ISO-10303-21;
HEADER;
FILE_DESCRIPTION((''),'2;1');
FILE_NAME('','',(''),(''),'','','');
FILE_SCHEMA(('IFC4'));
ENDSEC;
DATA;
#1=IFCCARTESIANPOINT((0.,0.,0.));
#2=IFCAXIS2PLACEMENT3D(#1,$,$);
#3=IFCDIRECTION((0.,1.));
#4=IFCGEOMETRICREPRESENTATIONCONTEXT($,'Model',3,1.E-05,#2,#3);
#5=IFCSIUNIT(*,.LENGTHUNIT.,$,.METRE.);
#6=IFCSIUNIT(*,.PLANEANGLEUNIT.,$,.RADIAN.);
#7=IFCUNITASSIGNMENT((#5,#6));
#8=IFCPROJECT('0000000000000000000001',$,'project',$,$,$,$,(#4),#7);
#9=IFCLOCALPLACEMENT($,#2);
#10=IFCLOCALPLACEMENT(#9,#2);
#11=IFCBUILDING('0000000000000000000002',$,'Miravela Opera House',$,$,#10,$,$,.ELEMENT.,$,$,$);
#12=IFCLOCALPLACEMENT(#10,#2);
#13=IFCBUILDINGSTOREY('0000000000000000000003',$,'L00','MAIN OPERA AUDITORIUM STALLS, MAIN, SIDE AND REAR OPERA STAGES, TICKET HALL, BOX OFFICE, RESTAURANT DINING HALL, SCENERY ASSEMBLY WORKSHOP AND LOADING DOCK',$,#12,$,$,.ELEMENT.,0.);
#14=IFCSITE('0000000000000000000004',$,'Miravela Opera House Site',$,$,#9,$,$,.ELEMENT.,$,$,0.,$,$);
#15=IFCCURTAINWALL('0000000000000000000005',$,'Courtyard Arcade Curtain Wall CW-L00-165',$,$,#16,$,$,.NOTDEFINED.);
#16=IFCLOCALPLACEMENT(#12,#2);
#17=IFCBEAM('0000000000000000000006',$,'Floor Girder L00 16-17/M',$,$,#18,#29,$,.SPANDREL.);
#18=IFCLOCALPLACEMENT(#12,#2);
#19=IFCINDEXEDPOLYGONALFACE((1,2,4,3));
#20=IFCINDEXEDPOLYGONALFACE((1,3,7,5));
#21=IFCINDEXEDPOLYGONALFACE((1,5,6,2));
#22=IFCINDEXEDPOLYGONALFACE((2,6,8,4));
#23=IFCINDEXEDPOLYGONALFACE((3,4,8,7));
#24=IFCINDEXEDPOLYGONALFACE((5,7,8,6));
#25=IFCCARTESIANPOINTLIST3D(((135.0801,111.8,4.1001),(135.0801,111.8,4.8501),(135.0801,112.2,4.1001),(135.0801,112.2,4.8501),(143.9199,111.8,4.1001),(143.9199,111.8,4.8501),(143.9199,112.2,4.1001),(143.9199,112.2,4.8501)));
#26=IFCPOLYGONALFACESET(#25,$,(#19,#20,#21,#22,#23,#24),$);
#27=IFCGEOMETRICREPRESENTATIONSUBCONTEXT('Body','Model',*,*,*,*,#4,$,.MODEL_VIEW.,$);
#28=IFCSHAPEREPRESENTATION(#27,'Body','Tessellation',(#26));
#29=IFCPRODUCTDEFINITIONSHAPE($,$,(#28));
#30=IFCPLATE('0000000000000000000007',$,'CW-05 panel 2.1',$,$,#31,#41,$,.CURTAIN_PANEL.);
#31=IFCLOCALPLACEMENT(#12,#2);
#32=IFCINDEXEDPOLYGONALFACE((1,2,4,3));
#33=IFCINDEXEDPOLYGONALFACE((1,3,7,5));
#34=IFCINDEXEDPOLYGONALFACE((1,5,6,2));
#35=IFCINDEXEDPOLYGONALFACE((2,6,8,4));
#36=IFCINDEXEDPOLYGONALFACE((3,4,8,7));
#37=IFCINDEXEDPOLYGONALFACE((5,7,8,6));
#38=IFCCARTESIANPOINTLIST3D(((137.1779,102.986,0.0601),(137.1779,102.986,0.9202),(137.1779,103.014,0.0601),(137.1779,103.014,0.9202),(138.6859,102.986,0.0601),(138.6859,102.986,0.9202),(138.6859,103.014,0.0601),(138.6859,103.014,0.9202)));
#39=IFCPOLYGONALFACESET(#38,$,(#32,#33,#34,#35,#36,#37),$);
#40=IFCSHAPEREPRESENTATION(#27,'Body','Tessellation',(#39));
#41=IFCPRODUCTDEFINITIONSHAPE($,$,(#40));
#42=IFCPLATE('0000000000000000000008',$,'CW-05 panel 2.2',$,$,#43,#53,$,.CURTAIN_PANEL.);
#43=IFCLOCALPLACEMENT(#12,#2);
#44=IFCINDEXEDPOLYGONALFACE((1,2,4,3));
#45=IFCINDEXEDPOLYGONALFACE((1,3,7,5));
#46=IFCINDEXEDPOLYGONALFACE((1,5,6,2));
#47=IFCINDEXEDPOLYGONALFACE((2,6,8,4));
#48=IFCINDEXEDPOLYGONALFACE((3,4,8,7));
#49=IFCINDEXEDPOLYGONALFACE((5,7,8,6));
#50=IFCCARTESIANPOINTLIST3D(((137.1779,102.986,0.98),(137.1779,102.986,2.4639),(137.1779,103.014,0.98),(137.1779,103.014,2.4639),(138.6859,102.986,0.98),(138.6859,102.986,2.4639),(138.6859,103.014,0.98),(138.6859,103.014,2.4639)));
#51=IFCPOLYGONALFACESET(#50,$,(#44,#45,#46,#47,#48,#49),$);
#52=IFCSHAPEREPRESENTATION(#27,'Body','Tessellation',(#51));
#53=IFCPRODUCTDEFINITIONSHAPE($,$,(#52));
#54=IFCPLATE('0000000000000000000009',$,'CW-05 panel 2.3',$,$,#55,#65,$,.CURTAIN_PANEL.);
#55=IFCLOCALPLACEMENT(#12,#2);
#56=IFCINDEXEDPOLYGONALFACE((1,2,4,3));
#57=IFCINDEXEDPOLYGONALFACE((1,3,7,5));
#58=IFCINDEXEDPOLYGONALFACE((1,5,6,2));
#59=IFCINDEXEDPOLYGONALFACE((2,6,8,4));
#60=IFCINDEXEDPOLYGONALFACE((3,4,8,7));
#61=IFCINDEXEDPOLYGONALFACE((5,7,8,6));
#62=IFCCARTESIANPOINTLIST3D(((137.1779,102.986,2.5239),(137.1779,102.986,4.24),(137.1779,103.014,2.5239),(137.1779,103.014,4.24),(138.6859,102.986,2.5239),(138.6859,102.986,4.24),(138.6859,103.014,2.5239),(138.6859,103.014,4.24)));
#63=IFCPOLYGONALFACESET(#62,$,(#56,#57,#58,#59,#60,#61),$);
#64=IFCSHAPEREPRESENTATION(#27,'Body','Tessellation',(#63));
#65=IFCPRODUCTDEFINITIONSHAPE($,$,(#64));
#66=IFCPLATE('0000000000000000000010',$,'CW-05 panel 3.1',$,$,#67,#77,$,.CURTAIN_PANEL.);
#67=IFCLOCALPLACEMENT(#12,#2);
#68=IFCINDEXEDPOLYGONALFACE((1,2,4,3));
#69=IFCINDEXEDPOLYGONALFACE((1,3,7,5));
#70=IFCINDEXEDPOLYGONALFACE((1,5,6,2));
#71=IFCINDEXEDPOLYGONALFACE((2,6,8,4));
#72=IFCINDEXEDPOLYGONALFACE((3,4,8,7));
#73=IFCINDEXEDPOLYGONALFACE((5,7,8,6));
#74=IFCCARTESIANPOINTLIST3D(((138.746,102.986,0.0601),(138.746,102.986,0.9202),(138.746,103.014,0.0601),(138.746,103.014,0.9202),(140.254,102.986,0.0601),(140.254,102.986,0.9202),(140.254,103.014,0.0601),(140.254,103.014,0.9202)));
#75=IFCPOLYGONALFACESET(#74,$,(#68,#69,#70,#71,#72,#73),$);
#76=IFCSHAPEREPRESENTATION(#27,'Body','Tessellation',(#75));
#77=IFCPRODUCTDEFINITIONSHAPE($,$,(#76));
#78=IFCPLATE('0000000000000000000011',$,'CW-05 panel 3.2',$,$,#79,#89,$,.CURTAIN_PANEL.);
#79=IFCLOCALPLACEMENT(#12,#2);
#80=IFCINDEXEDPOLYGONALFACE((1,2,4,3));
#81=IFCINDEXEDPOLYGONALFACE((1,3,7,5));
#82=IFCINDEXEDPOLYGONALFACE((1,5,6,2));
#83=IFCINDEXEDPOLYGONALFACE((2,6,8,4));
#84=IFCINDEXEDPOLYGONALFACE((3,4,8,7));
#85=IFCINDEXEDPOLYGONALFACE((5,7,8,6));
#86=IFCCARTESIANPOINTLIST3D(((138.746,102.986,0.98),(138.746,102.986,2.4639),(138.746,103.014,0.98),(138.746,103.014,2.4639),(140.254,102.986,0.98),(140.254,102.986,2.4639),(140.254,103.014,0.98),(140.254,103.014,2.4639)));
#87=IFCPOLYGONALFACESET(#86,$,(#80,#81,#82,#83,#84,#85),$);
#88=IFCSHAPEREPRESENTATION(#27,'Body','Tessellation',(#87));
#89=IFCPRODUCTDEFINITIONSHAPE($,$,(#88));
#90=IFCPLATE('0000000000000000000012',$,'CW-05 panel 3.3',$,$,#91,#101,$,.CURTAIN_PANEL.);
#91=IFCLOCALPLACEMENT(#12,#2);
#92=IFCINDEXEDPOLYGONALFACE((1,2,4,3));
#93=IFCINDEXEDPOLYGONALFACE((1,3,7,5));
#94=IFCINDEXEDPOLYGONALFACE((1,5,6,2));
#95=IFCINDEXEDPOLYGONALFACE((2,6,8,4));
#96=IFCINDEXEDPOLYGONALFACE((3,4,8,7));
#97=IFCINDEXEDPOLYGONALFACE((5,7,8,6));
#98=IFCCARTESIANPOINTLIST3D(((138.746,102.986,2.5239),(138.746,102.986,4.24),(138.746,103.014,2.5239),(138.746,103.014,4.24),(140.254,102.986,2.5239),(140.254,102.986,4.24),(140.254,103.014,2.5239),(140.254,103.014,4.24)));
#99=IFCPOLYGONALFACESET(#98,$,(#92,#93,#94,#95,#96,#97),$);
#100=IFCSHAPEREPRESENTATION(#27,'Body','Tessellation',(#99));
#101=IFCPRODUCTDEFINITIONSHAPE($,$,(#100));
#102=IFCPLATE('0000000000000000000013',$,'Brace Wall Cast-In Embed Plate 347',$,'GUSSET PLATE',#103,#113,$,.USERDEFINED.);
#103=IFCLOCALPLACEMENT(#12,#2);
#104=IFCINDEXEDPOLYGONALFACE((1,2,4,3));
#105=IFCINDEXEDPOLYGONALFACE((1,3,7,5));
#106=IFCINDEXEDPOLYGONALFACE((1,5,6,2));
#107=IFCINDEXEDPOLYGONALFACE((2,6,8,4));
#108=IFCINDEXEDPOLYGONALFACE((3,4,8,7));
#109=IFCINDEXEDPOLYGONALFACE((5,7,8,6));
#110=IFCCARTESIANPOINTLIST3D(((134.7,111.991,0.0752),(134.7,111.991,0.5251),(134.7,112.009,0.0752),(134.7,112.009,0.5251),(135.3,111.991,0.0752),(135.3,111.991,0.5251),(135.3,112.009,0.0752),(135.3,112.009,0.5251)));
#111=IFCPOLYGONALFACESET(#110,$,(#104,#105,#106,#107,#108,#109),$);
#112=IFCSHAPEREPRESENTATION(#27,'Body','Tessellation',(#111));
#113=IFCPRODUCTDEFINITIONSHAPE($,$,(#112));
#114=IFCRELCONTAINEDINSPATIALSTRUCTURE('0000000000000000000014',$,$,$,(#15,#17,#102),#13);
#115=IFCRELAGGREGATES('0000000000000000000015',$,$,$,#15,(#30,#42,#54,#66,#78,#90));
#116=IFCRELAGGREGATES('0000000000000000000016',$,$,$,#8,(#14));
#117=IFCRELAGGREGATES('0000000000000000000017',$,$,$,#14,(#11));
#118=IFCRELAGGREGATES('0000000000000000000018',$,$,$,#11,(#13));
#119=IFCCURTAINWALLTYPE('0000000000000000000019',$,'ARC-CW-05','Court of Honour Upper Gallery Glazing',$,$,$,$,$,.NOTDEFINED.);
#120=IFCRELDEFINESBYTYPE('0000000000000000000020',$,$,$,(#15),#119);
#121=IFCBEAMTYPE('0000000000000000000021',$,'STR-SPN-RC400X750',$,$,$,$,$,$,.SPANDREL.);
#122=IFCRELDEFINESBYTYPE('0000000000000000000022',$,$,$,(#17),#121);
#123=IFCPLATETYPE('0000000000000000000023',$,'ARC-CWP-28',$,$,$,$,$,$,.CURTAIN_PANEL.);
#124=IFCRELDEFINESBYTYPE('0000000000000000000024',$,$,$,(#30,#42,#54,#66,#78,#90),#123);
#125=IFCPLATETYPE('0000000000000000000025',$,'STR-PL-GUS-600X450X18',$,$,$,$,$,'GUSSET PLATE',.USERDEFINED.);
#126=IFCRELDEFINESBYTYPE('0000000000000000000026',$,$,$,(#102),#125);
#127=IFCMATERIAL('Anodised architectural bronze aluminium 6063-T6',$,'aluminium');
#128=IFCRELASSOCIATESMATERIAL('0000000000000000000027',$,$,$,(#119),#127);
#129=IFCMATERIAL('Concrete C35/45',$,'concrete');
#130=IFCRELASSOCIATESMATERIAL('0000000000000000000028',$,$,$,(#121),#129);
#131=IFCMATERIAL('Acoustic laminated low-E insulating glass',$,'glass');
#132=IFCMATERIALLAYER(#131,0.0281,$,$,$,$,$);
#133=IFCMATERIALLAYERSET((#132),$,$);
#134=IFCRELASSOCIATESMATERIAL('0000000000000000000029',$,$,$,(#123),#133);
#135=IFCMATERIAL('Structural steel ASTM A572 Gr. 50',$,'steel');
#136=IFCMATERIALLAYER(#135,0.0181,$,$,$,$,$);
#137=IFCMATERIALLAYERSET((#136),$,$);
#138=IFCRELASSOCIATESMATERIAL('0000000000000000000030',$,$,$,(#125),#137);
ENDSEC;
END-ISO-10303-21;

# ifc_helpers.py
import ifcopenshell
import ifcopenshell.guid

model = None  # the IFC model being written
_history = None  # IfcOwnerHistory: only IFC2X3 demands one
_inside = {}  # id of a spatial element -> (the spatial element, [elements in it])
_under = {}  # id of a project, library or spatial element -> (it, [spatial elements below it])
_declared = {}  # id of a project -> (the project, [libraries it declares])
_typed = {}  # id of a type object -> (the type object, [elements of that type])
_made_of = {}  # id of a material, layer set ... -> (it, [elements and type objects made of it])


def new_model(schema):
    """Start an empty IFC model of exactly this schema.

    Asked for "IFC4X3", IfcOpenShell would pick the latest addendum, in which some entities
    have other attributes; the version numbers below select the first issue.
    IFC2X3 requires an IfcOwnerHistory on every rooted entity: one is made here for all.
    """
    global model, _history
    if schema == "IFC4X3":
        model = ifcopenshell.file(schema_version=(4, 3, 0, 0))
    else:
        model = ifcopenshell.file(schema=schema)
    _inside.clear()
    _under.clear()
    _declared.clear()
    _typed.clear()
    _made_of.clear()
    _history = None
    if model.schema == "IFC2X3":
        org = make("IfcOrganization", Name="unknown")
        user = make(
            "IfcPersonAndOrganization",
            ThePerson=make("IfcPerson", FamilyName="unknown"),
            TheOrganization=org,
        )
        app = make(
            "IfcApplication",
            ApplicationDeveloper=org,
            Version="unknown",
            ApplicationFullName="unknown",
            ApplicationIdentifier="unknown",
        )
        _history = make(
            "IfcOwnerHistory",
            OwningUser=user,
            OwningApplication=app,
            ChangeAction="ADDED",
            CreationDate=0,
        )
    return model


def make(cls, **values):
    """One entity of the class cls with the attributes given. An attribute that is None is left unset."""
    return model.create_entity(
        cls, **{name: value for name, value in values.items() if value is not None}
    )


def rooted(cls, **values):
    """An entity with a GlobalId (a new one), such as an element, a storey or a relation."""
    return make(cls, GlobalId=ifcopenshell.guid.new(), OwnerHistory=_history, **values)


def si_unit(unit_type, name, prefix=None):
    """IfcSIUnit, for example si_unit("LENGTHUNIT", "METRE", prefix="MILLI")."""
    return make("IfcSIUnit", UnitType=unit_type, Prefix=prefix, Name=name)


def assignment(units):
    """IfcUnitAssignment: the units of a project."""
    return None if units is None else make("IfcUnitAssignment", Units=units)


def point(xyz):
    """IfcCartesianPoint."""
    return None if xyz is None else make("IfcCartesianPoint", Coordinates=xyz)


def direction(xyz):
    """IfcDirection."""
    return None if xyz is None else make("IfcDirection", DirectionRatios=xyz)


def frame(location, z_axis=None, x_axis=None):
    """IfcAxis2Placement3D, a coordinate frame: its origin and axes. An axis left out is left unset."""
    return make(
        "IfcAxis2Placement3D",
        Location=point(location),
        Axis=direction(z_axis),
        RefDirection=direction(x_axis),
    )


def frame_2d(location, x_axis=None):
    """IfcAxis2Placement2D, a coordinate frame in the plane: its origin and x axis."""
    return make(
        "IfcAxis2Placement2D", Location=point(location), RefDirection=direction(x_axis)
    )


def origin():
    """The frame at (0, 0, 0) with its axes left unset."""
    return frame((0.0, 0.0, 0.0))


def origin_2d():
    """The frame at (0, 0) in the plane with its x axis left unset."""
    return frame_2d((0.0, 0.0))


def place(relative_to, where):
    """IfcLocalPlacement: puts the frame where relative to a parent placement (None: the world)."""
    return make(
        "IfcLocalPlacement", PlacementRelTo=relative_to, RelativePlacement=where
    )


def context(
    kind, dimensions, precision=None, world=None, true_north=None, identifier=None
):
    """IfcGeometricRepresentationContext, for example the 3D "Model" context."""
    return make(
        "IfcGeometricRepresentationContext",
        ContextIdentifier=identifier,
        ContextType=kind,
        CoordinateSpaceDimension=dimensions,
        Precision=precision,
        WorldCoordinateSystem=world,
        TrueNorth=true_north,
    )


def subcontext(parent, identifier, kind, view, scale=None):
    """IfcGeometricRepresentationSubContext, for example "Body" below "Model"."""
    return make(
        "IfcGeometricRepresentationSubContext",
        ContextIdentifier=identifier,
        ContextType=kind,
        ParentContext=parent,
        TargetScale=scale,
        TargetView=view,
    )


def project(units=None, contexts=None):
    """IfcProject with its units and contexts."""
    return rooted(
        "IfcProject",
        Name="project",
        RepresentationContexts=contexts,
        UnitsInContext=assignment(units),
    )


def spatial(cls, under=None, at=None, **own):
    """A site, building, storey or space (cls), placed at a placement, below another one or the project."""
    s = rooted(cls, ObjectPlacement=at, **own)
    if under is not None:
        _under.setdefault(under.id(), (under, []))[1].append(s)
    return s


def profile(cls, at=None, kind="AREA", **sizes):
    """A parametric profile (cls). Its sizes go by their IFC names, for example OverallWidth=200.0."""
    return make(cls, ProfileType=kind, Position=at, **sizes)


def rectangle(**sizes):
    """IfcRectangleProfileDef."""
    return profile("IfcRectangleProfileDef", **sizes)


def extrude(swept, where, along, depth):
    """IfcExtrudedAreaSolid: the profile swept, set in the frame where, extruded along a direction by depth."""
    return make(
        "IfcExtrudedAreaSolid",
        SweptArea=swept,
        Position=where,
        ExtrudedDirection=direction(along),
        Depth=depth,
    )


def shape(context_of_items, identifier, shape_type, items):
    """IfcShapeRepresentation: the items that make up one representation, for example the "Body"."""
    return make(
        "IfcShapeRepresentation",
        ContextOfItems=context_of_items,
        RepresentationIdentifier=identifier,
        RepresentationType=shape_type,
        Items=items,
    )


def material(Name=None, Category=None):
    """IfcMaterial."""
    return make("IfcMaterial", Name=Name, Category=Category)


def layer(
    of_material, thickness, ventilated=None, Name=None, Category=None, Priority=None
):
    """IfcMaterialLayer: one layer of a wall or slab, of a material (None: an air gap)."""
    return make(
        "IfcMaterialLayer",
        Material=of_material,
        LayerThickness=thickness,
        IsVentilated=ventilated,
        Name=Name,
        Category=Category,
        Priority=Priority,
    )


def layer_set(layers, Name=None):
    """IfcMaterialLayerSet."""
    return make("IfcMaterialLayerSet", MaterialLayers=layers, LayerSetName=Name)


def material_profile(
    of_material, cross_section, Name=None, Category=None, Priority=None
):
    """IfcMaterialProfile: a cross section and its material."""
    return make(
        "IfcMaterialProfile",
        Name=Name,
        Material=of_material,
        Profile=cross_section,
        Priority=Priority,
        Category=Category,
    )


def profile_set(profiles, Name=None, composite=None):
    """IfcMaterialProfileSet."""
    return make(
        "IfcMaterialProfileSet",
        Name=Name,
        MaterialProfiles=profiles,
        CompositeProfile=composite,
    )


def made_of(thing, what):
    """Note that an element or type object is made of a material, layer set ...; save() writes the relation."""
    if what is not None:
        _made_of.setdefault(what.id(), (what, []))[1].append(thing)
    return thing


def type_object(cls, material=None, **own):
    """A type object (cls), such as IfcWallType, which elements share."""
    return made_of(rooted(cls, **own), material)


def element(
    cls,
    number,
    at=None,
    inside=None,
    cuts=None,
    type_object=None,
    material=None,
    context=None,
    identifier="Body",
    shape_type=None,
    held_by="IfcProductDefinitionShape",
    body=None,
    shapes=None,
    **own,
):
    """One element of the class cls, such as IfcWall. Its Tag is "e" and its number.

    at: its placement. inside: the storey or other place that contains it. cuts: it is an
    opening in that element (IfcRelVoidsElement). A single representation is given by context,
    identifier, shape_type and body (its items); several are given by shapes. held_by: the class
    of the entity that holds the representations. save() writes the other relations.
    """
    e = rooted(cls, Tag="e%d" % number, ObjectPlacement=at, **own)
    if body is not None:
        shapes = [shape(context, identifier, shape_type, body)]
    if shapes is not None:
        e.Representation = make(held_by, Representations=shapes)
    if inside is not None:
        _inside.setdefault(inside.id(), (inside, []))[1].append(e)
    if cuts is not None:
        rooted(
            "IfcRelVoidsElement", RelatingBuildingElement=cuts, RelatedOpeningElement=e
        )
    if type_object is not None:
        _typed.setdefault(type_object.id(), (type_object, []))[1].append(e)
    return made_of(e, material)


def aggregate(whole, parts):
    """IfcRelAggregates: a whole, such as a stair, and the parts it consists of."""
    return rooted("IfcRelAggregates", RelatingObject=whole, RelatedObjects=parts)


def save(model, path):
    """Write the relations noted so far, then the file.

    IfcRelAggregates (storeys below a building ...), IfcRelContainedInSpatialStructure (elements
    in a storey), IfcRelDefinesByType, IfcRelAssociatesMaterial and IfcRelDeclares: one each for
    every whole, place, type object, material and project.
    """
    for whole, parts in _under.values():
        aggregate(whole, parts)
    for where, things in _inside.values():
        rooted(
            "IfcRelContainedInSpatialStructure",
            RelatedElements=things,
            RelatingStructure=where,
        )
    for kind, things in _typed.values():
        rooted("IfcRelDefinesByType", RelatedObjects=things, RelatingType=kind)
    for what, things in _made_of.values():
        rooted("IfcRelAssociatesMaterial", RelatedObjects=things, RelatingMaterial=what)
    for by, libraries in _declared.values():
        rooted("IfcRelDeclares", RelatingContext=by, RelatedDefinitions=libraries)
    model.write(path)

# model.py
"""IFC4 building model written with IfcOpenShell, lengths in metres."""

from ifc_helpers import new_model, si_unit, direction, frame, origin, origin_2d, place, context, subcontext, project, spatial, rectangle, extrude, material, layer, layer_set, material_profile, profile_set, type_object, element, aggregate, save


model = new_model("IFC4")

# Units and contexts
model_context = context("Model", 3, precision=1e-05, world=origin(), true_north=direction((0.0, 1.0)))
body_context = subcontext(model_context, "Body", "Model", "MODEL_VIEW")
ifc_project = project(units=[si_unit("LENGTHUNIT", "METRE"), si_unit("PLANEANGLEUNIT", "RADIAN")], contexts=[model_context])

# Site, building, storey
site_placement = place(None, origin())
site = spatial("IfcSite", under=ifc_project, at=site_placement, Name="Miravela Opera House Site", CompositionType="ELEMENT", RefElevation=0.0)
building_placement = place(site_placement, origin())
building = spatial("IfcBuilding", under=site, at=building_placement, Name="Miravela Opera House", CompositionType="ELEMENT")
storey_placement = place(building_placement, origin())
storey = spatial("IfcBuildingStorey", under=building, at=storey_placement, Name="L00", Description="MAIN OPERA AUDITORIUM STALLS, MAIN, SIDE AND REAR OPERA STAGES, TICKET HALL, BOX OFFICE, RESTAURANT DINING HALL, SCENERY ASSEMBLY WORKSHOP AND LOADING DOCK", CompositionType="ELEMENT", Elevation=0.0)

# Shared definitions
ifc_material_1 = material(Name="Concrete C35/45", Category="concrete")

# Curtain wall
ifc_material_2 = material(Name="Anodised architectural bronze aluminium 6063-T6", Category="aluminium")
curtain_wall_type = type_object("IfcCurtainWallType", Name="ARC-CW-05", Description="Court of Honour Upper Gallery Glazing", PredefinedType="NOTDEFINED", material=ifc_material_2)
curtain_wall_placement = place(storey_placement, origin())
curtain_wall = element("IfcCurtainWall", 1, at=curtain_wall_placement, inside=storey, type_object=curtain_wall_type, Name="Courtyard Arcade Curtain Wall CW-L00-165", PredefinedType="NOTDEFINED")

# Beam
ifc_material_profile_1 = material_profile(ifc_material_1, rectangle(XDim=0.3999, YDim=0.75, at=origin_2d()), Name="RC-SPN-400X750")
ifc_profile_set_1 = profile_set([ifc_material_profile_1])
beam_type_1 = type_object("IfcBeamType", Name="STR-SPN-RC400X750", PredefinedType="SPANDREL", material=ifc_profile_set_1)
beam_1_placement = place(storey_placement, frame((135.0801, 112.0, 4.4751), z_axis=(1.0, 0.0, 0.0), x_axis=(0.0, 1.0, 0.0)))
element("IfcBeam", 2, at=beam_1_placement, inside=storey, type_object=beam_type_1, Name="Floor Girder L00 16-17/M", PredefinedType="SPANDREL", context=body_context, shape_type="SweptSolid", body=[
    extrude(rectangle(XDim=0.3999, YDim=0.75, at=origin_2d()), origin(), (0.0, 0.0, 1.0), 8.8398),
])

# Plates
ifc_material_3 = material(Name="Acoustic laminated low-E insulating glass", Category="glass")
ifc_layer_1 = layer(ifc_material_3, 0.0281)
ifc_layer_set_1 = layer_set([ifc_layer_1])
plate_type_1 = type_object("IfcPlateType", Name="ARC-CWP-28", PredefinedType="CURTAIN_PANEL", material=ifc_layer_set_1)
plate_1_placement = place(storey_placement, frame((137.9319, 103.0, 0.0601), z_axis=(0.0, 0.0, 1.0), x_axis=(1.0, 0.0, 0.0)))
plate_1 = element("IfcPlate", 3, at=plate_1_placement, type_object=plate_type_1, Name="CW-05 panel 2.1", PredefinedType="CURTAIN_PANEL", context=body_context, shape_type="SweptSolid", body=[
    extrude(rectangle(XDim=1.5081, YDim=0.0281, at=origin_2d()), origin(), (0.0, 0.0, 1.0), 0.8601),
])
plate_2_placement = place(storey_placement, frame((137.9319, 103.0, 0.98), z_axis=(0.0, 0.0, 1.0), x_axis=(1.0, 0.0, 0.0)))
plate_2 = element("IfcPlate", 4, at=plate_2_placement, type_object=plate_type_1, Name="CW-05 panel 2.2", PredefinedType="CURTAIN_PANEL", context=body_context, shape_type="SweptSolid", body=[
    extrude(rectangle(XDim=1.5081, YDim=0.0281, at=origin_2d()), origin(), (0.0, 0.0, 1.0), 1.4839),
])
plate_3_placement = place(storey_placement, frame((137.9319, 103.0, 2.5239), z_axis=(0.0, 0.0, 1.0), x_axis=(1.0, 0.0, 0.0)))
plate_3 = element("IfcPlate", 5, at=plate_3_placement, type_object=plate_type_1, Name="CW-05 panel 2.3", PredefinedType="CURTAIN_PANEL", context=body_context, shape_type="SweptSolid", body=[
    extrude(rectangle(XDim=1.5081, YDim=0.0281, at=origin_2d()), origin(), (0.0, 0.0, 1.0), 1.7161),
])
plate_4_placement = place(storey_placement, frame((139.5, 103.0, 0.0601), z_axis=(0.0, 0.0, 1.0), x_axis=(1.0, 0.0, 0.0)))
plate_4 = element("IfcPlate", 6, at=plate_4_placement, type_object=plate_type_1, Name="CW-05 panel 3.1", PredefinedType="CURTAIN_PANEL", context=body_context, shape_type="SweptSolid", body=[
    extrude(rectangle(XDim=1.5081, YDim=0.0281, at=origin_2d()), origin(), (0.0, 0.0, 1.0), 0.8601),
])
plate_5_placement = place(storey_placement, frame((139.5, 103.0, 0.98), z_axis=(0.0, 0.0, 1.0), x_axis=(1.0, 0.0, 0.0)))
plate_5 = element("IfcPlate", 7, at=plate_5_placement, type_object=plate_type_1, Name="CW-05 panel 3.2", PredefinedType="CURTAIN_PANEL", context=body_context, shape_type="SweptSolid", body=[
    extrude(rectangle(XDim=1.5081, YDim=0.0281, at=origin_2d()), origin(), (0.0, 0.0, 1.0), 1.4839),
])
plate_6_placement = place(storey_placement, frame((139.5, 103.0, 2.5239), z_axis=(0.0, 0.0, 1.0), x_axis=(1.0, 0.0, 0.0)))
plate_6 = element("IfcPlate", 8, at=plate_6_placement, type_object=plate_type_1, Name="CW-05 panel 3.3", PredefinedType="CURTAIN_PANEL", context=body_context, shape_type="SweptSolid", body=[
    extrude(rectangle(XDim=1.5081, YDim=0.0281, at=origin_2d()), origin(), (0.0, 0.0, 1.0), 1.7161),
])
aggregate(curtain_wall, [plate_1, plate_2, plate_3, plate_4, plate_5, plate_6])
ifc_material_4 = material(Name="Structural steel ASTM A572 Gr. 50", Category="steel")
ifc_layer_2 = layer(ifc_material_4, 0.0181)
ifc_layer_set_2 = layer_set([ifc_layer_2])
plate_type_2 = type_object("IfcPlateType", Name="STR-PL-GUS-600X450X18", ElementType="GUSSET PLATE", PredefinedType="USERDEFINED", material=ifc_layer_set_2)
plate_7_placement = place(storey_placement, frame((135.0, 112.0, 0.0752), z_axis=(0.0, 0.0, 1.0), x_axis=(1.0, 0.0, 0.0)))
element("IfcPlate", 9, at=plate_7_placement, inside=storey, type_object=plate_type_2, Name="Brace Wall Cast-In Embed Plate 347", ObjectType="GUSSET PLATE", PredefinedType="USERDEFINED", context=body_context, shape_type="SweptSolid", body=[
    extrude(rectangle(XDim=0.6001, YDim=0.0181, at=origin_2d()), origin(), (0.0, 0.0, 1.0), 0.45),
])

save(model, "model.ifc")
